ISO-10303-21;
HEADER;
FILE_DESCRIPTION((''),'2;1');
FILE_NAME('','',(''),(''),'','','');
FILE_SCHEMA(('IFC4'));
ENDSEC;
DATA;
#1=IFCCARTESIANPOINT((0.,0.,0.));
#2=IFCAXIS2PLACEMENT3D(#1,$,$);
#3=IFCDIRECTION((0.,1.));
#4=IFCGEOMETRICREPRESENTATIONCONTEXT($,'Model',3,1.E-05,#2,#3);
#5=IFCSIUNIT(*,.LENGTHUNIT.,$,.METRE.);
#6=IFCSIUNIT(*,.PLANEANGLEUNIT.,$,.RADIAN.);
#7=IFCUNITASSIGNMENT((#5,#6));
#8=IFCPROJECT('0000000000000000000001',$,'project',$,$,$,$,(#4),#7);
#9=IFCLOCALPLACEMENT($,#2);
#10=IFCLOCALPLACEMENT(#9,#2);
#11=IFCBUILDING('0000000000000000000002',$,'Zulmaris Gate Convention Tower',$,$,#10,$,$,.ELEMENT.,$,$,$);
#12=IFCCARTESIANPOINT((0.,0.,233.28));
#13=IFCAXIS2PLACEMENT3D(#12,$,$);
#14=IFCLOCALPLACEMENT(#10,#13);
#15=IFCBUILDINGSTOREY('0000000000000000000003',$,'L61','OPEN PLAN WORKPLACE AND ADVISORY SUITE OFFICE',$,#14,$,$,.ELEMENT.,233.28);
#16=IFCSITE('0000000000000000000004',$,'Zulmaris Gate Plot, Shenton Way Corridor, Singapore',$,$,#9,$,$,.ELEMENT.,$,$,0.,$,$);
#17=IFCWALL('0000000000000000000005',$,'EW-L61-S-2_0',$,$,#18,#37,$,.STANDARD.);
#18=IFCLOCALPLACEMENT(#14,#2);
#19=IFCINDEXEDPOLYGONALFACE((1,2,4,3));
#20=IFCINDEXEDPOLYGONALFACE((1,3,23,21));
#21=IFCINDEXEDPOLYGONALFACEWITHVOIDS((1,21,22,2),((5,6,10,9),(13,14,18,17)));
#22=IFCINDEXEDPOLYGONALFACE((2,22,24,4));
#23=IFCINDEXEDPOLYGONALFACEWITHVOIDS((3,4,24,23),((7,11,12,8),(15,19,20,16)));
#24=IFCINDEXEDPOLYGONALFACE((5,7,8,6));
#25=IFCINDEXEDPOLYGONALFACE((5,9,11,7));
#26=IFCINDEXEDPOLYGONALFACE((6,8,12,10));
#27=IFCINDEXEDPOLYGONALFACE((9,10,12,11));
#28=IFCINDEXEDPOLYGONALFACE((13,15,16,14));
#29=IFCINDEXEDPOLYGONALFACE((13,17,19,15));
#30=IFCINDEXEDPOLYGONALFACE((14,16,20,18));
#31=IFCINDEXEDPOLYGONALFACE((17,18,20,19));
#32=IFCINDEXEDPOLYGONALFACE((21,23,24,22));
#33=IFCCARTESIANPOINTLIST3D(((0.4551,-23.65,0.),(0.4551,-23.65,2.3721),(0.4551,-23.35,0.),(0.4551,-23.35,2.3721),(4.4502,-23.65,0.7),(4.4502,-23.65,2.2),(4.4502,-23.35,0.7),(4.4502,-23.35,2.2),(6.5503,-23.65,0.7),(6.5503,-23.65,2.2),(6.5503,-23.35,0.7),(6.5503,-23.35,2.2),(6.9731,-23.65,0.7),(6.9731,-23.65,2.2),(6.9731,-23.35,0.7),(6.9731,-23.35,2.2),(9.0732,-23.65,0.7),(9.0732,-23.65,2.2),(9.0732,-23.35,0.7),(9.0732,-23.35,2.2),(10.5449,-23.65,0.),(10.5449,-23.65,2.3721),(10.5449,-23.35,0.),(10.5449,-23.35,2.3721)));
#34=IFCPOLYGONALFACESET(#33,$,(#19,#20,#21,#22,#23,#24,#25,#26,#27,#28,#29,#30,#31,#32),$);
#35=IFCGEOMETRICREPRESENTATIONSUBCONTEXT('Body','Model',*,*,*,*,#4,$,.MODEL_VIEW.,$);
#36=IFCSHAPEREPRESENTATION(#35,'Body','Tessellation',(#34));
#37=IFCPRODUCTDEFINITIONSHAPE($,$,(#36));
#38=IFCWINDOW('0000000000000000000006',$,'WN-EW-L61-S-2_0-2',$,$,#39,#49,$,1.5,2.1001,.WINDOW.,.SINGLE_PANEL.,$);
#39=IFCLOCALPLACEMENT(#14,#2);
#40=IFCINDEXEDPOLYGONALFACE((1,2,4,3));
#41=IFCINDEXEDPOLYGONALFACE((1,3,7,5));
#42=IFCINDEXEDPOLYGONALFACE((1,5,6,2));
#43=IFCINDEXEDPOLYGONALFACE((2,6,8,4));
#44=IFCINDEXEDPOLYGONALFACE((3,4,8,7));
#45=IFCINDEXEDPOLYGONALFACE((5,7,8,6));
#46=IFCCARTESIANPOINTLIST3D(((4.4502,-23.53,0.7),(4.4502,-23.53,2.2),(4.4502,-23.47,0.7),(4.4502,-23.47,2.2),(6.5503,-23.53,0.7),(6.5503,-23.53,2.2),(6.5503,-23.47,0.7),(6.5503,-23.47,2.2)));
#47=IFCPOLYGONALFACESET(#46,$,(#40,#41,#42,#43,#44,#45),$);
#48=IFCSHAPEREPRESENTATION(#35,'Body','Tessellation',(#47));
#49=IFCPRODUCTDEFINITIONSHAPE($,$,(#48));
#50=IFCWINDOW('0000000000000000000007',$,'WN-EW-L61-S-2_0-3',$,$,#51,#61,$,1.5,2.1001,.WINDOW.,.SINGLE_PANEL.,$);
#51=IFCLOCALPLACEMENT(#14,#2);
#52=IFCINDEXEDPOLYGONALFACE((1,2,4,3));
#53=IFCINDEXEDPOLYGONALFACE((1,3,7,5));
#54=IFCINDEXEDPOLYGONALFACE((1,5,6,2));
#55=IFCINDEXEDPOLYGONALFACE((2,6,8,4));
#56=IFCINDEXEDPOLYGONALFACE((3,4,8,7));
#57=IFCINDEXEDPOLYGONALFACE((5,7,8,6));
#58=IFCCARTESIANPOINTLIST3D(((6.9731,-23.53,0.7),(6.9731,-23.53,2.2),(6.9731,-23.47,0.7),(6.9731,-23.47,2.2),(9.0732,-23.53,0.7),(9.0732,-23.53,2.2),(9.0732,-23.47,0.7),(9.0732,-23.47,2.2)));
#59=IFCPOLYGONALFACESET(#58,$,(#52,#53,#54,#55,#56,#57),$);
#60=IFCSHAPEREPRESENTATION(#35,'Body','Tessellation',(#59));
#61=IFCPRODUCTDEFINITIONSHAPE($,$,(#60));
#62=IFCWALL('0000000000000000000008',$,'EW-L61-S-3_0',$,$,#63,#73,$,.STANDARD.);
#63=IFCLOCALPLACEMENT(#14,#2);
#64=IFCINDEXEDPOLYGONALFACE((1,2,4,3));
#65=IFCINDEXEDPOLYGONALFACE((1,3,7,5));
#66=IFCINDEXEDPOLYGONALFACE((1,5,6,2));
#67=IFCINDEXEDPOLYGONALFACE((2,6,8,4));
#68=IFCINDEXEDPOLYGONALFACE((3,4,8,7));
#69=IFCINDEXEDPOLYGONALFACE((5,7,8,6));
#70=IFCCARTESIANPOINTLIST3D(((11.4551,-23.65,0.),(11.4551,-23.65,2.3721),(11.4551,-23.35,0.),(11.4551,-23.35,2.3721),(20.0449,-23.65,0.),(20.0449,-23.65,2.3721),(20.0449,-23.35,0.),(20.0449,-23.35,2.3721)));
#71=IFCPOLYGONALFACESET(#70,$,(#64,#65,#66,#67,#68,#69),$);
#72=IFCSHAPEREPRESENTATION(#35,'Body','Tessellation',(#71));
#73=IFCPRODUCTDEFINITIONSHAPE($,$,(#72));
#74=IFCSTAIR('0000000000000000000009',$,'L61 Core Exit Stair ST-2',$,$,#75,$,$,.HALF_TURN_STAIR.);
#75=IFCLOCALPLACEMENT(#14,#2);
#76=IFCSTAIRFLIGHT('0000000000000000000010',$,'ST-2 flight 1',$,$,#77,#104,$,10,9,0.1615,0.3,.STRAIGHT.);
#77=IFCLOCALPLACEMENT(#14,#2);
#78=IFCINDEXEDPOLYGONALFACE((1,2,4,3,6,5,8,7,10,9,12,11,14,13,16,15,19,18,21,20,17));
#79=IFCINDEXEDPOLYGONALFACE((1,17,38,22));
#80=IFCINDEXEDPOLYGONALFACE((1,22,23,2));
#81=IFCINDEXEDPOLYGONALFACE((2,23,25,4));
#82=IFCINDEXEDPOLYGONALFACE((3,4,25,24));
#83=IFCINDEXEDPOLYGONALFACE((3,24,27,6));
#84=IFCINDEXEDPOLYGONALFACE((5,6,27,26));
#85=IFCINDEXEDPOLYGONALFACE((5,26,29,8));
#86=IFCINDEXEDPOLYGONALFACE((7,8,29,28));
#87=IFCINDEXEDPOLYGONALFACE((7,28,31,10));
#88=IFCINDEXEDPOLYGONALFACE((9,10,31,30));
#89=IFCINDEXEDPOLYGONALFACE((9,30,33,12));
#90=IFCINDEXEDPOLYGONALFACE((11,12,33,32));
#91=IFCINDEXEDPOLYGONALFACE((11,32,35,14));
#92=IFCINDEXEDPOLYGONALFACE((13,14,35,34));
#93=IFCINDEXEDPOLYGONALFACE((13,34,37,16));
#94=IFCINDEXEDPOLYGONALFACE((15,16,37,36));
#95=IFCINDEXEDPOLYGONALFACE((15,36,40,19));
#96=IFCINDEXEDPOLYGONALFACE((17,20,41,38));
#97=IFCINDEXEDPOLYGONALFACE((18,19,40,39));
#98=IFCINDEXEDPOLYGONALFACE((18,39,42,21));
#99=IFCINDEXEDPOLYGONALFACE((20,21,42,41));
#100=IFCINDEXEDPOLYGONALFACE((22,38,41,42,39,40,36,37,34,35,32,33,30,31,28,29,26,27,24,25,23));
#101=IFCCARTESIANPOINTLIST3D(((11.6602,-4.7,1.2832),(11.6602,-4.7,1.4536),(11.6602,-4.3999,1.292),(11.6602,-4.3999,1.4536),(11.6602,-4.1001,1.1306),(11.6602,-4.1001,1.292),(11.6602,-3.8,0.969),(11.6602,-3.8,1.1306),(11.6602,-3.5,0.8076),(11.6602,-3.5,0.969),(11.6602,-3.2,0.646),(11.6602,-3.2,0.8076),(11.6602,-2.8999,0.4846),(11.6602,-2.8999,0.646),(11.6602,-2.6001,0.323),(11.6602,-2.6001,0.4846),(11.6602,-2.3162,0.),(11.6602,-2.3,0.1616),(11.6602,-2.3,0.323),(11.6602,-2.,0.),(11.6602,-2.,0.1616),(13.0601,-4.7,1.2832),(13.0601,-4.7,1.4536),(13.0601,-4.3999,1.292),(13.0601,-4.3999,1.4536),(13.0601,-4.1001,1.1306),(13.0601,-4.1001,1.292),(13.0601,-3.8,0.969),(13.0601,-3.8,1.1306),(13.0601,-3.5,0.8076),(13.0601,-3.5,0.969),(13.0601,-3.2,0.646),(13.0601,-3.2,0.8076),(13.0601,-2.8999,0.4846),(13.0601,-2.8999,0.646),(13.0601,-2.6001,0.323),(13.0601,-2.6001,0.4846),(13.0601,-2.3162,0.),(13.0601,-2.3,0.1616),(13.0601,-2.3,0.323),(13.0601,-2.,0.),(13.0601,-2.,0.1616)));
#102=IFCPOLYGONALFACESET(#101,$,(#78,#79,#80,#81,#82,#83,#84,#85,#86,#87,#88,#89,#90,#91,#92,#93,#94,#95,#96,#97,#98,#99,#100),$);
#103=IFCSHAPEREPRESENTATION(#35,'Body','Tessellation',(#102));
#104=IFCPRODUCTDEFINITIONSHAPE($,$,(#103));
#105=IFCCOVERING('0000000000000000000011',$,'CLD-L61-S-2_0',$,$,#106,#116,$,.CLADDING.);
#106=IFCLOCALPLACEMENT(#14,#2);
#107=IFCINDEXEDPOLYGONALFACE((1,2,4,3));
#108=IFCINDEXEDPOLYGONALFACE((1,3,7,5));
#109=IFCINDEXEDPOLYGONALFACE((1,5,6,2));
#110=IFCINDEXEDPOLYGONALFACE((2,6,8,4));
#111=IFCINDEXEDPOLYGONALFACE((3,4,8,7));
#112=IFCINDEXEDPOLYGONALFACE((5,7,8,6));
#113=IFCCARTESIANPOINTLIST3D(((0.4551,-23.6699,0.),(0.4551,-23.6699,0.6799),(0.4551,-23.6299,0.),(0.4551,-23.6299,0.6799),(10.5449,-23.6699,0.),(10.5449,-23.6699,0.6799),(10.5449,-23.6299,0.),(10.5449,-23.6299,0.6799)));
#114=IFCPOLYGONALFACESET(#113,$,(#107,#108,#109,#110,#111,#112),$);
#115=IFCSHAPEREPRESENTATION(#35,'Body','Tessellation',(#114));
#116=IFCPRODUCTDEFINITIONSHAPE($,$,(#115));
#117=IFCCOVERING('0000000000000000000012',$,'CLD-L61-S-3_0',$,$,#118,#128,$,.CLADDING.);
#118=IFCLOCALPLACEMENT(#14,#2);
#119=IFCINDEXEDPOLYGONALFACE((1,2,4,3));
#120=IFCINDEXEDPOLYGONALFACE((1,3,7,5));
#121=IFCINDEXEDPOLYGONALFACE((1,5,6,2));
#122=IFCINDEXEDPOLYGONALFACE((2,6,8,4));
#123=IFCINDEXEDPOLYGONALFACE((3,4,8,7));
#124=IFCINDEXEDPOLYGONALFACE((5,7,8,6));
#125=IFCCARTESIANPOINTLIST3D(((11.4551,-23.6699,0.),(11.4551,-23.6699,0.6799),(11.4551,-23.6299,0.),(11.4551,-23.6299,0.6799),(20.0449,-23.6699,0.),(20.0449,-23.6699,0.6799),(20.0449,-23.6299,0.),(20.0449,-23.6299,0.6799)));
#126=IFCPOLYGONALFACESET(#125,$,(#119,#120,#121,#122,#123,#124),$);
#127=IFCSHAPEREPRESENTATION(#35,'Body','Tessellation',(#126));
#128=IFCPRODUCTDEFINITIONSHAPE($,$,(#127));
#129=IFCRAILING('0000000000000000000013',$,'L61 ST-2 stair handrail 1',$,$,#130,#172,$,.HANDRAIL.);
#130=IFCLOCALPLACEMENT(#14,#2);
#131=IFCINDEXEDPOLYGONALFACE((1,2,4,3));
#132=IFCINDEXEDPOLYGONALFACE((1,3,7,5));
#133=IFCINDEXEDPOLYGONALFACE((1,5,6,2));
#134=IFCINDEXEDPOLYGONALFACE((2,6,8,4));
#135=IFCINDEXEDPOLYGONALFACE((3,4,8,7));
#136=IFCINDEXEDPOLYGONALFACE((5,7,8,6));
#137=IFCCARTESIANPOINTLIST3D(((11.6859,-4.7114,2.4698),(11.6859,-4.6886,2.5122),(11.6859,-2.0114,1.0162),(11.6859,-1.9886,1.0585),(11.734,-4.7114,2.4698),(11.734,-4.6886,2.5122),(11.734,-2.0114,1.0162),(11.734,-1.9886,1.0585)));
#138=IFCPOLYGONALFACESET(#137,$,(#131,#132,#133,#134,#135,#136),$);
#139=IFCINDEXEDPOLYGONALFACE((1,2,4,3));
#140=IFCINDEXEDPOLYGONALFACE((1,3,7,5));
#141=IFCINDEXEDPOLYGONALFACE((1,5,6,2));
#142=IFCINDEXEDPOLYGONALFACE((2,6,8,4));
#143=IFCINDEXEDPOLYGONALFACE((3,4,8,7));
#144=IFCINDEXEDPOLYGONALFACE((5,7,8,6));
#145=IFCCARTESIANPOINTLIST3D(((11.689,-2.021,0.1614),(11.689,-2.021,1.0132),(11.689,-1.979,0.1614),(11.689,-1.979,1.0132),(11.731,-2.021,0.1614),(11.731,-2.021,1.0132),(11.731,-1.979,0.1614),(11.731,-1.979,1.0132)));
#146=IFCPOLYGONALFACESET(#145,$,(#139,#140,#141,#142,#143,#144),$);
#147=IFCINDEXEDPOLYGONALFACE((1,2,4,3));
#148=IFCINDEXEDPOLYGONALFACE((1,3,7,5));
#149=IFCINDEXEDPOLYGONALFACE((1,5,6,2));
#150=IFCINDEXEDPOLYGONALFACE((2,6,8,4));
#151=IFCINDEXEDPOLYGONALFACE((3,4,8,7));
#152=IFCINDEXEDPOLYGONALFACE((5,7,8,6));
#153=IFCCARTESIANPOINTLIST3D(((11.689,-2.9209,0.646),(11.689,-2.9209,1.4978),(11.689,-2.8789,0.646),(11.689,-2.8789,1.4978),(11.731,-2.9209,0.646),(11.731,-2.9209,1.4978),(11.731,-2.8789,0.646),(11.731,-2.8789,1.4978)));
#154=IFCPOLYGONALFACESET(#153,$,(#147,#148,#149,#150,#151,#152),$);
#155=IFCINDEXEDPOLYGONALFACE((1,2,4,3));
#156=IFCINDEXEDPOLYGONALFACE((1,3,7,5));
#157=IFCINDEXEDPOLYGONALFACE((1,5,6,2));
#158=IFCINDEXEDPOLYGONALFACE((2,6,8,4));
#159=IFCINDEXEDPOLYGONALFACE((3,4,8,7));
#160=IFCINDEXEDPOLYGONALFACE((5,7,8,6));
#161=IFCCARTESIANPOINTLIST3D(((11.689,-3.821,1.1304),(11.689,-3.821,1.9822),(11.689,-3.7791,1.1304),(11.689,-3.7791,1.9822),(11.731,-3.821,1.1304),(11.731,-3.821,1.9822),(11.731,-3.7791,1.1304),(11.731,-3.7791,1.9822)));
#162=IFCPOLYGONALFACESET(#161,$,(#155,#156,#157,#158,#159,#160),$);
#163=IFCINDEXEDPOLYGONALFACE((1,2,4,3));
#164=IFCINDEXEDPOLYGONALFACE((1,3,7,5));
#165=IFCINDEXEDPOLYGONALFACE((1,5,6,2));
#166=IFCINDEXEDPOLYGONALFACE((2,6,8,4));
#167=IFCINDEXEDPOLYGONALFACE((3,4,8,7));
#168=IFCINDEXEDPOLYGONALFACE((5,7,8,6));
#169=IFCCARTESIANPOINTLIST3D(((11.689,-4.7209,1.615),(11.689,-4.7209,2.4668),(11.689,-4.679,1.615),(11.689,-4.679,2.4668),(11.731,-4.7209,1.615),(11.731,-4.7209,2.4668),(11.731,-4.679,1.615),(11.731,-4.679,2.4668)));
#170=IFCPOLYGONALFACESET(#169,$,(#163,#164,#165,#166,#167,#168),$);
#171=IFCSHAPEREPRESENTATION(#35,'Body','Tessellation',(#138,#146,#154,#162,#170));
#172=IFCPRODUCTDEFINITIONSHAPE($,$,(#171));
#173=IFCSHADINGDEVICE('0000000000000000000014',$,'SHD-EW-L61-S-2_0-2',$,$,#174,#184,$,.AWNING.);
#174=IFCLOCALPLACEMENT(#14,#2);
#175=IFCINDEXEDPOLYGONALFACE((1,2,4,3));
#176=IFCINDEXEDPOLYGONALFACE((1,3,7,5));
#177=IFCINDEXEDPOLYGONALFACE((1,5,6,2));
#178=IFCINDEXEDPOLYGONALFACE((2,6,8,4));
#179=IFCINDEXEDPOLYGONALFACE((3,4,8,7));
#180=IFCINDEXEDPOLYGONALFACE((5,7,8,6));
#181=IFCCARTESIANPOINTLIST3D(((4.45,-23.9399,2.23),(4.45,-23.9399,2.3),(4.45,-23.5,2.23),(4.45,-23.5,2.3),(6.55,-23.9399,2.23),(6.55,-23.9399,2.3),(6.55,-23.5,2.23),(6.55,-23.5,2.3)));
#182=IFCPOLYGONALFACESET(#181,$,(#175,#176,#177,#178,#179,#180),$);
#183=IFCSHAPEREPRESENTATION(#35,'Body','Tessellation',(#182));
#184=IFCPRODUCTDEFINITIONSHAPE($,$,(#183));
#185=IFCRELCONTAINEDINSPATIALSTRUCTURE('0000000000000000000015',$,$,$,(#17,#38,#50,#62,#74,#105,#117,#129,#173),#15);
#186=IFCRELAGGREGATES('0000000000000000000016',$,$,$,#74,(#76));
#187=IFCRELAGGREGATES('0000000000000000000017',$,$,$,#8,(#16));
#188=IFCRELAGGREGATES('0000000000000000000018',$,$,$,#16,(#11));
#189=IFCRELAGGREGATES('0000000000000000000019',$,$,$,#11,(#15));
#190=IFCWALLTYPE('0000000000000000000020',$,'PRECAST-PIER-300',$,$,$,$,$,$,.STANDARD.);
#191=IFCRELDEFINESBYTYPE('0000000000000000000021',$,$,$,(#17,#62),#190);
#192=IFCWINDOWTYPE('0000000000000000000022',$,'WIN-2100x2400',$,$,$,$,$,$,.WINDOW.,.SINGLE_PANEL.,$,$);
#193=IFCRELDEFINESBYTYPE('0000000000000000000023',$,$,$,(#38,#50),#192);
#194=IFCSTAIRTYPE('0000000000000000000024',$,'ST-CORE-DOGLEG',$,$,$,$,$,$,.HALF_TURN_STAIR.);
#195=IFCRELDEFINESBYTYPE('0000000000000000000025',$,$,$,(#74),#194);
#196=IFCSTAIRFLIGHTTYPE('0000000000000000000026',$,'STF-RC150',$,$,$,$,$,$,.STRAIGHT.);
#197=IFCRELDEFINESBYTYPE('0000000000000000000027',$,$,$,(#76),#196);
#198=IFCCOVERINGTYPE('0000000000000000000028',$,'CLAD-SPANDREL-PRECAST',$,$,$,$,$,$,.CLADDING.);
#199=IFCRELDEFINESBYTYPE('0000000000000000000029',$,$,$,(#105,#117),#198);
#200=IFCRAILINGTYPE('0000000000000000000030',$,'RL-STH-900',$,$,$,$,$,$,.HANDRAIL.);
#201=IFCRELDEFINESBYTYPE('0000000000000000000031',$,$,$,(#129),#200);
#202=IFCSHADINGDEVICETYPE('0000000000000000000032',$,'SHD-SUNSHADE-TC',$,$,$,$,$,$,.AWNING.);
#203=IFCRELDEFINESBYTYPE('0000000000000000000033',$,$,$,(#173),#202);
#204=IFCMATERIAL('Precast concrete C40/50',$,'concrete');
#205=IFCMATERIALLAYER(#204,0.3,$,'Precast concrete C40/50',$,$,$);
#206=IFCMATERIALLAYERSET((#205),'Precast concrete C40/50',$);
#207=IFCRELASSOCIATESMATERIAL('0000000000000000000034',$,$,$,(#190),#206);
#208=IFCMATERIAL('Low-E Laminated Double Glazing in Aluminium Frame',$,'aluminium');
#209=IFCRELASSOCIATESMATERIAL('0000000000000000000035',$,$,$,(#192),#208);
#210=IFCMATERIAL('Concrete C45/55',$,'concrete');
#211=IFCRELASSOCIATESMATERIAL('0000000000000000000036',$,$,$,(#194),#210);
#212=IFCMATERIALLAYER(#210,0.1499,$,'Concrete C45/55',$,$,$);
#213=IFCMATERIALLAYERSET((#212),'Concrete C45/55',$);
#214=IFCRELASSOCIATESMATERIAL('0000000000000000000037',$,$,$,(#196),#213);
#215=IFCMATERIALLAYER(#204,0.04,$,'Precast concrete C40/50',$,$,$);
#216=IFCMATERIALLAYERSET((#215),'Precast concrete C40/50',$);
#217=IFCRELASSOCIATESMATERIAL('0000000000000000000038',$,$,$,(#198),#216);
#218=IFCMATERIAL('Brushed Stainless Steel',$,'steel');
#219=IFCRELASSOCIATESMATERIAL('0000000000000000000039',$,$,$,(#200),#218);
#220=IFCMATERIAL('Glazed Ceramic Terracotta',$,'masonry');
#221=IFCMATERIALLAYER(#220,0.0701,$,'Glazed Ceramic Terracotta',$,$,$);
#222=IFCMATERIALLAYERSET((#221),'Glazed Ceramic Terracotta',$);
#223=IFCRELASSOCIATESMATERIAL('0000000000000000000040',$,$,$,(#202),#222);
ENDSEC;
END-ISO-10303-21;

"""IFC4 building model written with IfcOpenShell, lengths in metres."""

from ifc_helpers import new_model, si_unit, direction, frame, frame_2d, origin, origin_2d, place, context, subcontext, project, spatial, polyline, rectangle, outline, extrude, material, layer, layer_set, type_object, element, fill, aggregate, save


model = new_model("IFC4")

# Units and contexts
model_context = context("Model", 3, precision=1e-05, world=origin(), true_north=direction((0.0, 1.0)))
body_context = subcontext(model_context, "Body", "Model", "MODEL_VIEW")
ifc_project = project(units=[si_unit("LENGTHUNIT", "METRE"), si_unit("PLANEANGLEUNIT", "RADIAN")], contexts=[model_context])

# Site, building, storey
site_placement = place(None, origin())
site = spatial("IfcSite", under=ifc_project, at=site_placement, Name="Zulmaris Gate Plot, Shenton Way Corridor, Singapore", CompositionType="ELEMENT", RefElevation=0.0)
building_placement = place(site_placement, origin())
building = spatial("IfcBuilding", under=site, at=building_placement, Name="Zulmaris Gate Convention Tower", CompositionType="ELEMENT")
storey_placement = place(building_placement, frame((0.0, 0.0, 233.28)))
storey = spatial("IfcBuildingStorey", under=building, at=storey_placement, Name="L61", Description="OPEN PLAN WORKPLACE AND ADVISORY SUITE OFFICE", CompositionType="ELEMENT", Elevation=233.28)

# Wall, openings, windows
ifc_material_1 = material(Name="Precast concrete C40/50", Category="concrete")
ifc_layer_1 = layer(ifc_material_1, 0.3, Name="Precast concrete C40/50")
ifc_layer_set_1 = layer_set([ifc_layer_1], Name="Precast concrete C40/50")
wall_type_1 = type_object("IfcWallType", Name="PRECAST-PIER-300", PredefinedType="STANDARD", material=ifc_layer_set_1)
wall_1_placement = place(storey_placement, frame((0.4551, -23.5, 0.0), z_axis=(0.0, 0.0, 1.0), x_axis=(1.0, 0.0, 0.0)))
wall_1 = element("IfcWall", 1, at=wall_1_placement, inside=storey, type_object=wall_type_1, Name="EW-L61-S-2_0", PredefinedType="STANDARD", context=body_context, shape_type="SweptSolid", body=[
    extrude(rectangle(XDim=10.0898, YDim=0.3, at=frame_2d((5.0449, 0.0))), origin(), (0.0, 0.0, 1.0), 2.3721),
])
opening_1_placement = place(wall_1_placement, frame((3.9951, 0.0, 0.7)))
opening_1 = element("IfcOpeningElement", 2, at=opening_1_placement, cuts=wall_1, PredefinedType="OPENING", context=body_context, shape_type="SweptSolid", body=[
    extrude(rectangle(XDim=2.1001, YDim=1.5, at=frame_2d((1.05, 0.75))), frame((0.0, 0.1602, 0.0), z_axis=(0.0, -1.0, 0.0), x_axis=(1.0, 0.0, 0.0)), (0.0, 0.0, 1.0), 0.3201),
])
opening_2_placement = place(wall_1_placement, frame((6.5181, 0.0, 0.7)))
opening_2 = element("IfcOpeningElement", 3, at=opening_2_placement, cuts=wall_1, PredefinedType="OPENING", context=body_context, shape_type="SweptSolid", body=[
    extrude(rectangle(XDim=2.1001, YDim=1.5, at=frame_2d((1.05, 0.75))), frame((0.0, 0.1602, 0.0), z_axis=(0.0, -1.0, 0.0), x_axis=(1.0, 0.0, 0.0)), (0.0, 0.0, 1.0), 0.3201),
])
ifc_material_2 = material(Name="Low-E Laminated Double Glazing in Aluminium Frame", Category="aluminium")
window_type = type_object("IfcWindowType", Name="WIN-2100x2400", PartitioningType="SINGLE_PANEL", PredefinedType="WINDOW", material=ifc_material_2)
window_1_placement = place(opening_1_placement, origin())
window_1 = element("IfcWindow", 4, at=window_1_placement, inside=storey, type_object=window_type, Name="WN-EW-L61-S-2_0-2", OverallHeight=1.5, OverallWidth=2.1001, PartitioningType="SINGLE_PANEL", PredefinedType="WINDOW", context=body_context, shape_type="SweptSolid", body=[
    extrude(rectangle(XDim=2.1001, YDim=1.5, at=frame_2d((1.05, 0.75))), frame((0.0, 0.03, 0.0), z_axis=(0.0, -1.0, 0.0), x_axis=(1.0, 0.0, 0.0)), (0.0, 0.0, 1.0), 0.0601),
])
fill(opening_1, window_1)
window_2_placement = place(opening_2_placement, origin())
window_2 = element("IfcWindow", 5, at=window_2_placement, inside=storey, type_object=window_type, Name="WN-EW-L61-S-2_0-3", OverallHeight=1.5, OverallWidth=2.1001, PartitioningType="SINGLE_PANEL", PredefinedType="WINDOW", context=body_context, shape_type="SweptSolid", body=[
    extrude(rectangle(XDim=2.1001, YDim=1.5, at=frame_2d((1.05, 0.75))), frame((0.0, 0.03, 0.0), z_axis=(0.0, -1.0, 0.0), x_axis=(1.0, 0.0, 0.0)), (0.0, 0.0, 1.0), 0.0601),
])
fill(opening_2, window_2)

# Wall
wall_2_placement = place(storey_placement, frame((11.4551, -23.5, 0.0), z_axis=(0.0, 0.0, 1.0), x_axis=(1.0, 0.0, 0.0)))
element("IfcWall", 6, at=wall_2_placement, inside=storey, type_object=wall_type_1, Name="EW-L61-S-3_0", PredefinedType="STANDARD", context=body_context, shape_type="SweptSolid", body=[
    extrude(rectangle(XDim=8.5898, YDim=0.3, at=frame_2d((4.2949, 0.0))), origin(), (0.0, 0.0, 1.0), 2.3721),
])

# Stair, stair flight
ifc_material_3 = material(Name="Concrete C45/55", Category="concrete")
stair_type = type_object("IfcStairType", Name="ST-CORE-DOGLEG", PredefinedType="HALF_TURN_STAIR", material=ifc_material_3)
stair_placement = place(storey_placement, origin())
stair = element("IfcStair", 7, at=stair_placement, inside=storey, type_object=stair_type, Name="L61 Core Exit Stair ST-2", PredefinedType="HALF_TURN_STAIR")
ifc_layer_2 = layer(ifc_material_3, 0.1499, Name="Concrete C45/55")
ifc_layer_set_2 = layer_set([ifc_layer_2], Name="Concrete C45/55")
stair_flight_type = type_object("IfcStairFlightType", Name="STF-RC150", PredefinedType="STRAIGHT", material=ifc_layer_set_2)
stair_flight_placement = place(storey_placement, frame((12.3601, -2.0, 0.0), z_axis=(0.0, 0.0, 1.0), x_axis=(0.0, -1.0, 0.0)))
stair_flight = element("IfcStairFlight", 8, at=stair_flight_placement, type_object=stair_flight_type, Name="ST-2 flight 1", NumberOfRisers=10, NumberOfTreads=9, PredefinedType="STRAIGHT", RiserHeight=0.1615, TreadLength=0.3, context=body_context, shape_type="SweptSolid", body=[
    extrude(outline(polyline([(0.0, 0.0), (0.0, 0.1616), (0.3, 0.1616), (0.3, 0.323), (0.6001, 0.323), (0.6001, 0.4846), (0.8999, 0.4846), (0.8999, 0.646), (1.2, 0.646), (1.2, 0.8076), (1.5, 0.8076), (1.5, 0.969), (1.8, 0.969), (1.8, 1.1306), (2.1001, 1.1306), (2.1001, 1.292), (2.3999, 1.292), (2.3999, 1.4536), (2.7, 1.4536), (2.7, 1.615), (2.7, 1.2832), (0.3162, 0.0), (0.0, 0.0)])), frame((0.0, 0.7, 0.0), z_axis=(0.0, -1.0, 0.0), x_axis=(1.0, 0.0, 0.0)), (0.0, 0.0, 1.0), 1.3999),
])
aggregate(stair, [stair_flight])

# Coverings
ifc_layer_3 = layer(ifc_material_1, 0.04, Name="Precast concrete C40/50")
ifc_layer_set_3 = layer_set([ifc_layer_3], Name="Precast concrete C40/50")
covering_type = type_object("IfcCoveringType", Name="CLAD-SPANDREL-PRECAST", PredefinedType="CLADDING", material=ifc_layer_set_3)
covering_1_placement = place(storey_placement, frame((0.4551, -23.6499, 0.0), z_axis=(0.0, 0.0, 1.0), x_axis=(1.0, 0.0, 0.0)))
element("IfcCovering", 9, at=covering_1_placement, inside=storey, type_object=covering_type, Name="CLD-L61-S-2_0", PredefinedType="CLADDING", context=body_context, shape_type="SweptSolid", body=[
    extrude(rectangle(XDim=10.0898, YDim=0.04, at=frame_2d((5.0449, 0.0))), origin(), (0.0, 0.0, 1.0), 0.6799),
])
covering_2_placement = place(storey_placement, frame((11.4551, -23.6499, 0.0), z_axis=(0.0, 0.0, 1.0), x_axis=(1.0, 0.0, 0.0)))
element("IfcCovering", 10, at=covering_2_placement, inside=storey, type_object=covering_type, Name="CLD-L61-S-3_0", PredefinedType="CLADDING", context=body_context, shape_type="SweptSolid", body=[
    extrude(rectangle(XDim=8.5898, YDim=0.04, at=frame_2d((4.2949, 0.0))), origin(), (0.0, 0.0, 1.0), 0.6799),
])

# Railing
ifc_material_4 = material(Name="Brushed Stainless Steel", Category="steel")
railing_type = type_object("IfcRailingType", Name="RL-STH-900", PredefinedType="HANDRAIL", material=ifc_material_4)
railing_placement = place(storey_placement, frame((11.71, -2.0, 0.1614)))
element("IfcRailing", 11, at=railing_placement, inside=storey, type_object=railing_type, Name="L61 ST-2 stair handrail 1", PredefinedType="HANDRAIL", context=body_context, shape_type="SweptSolid", body=[
    extrude(rectangle(XDim=0.0481, YDim=0.0481, at=origin_2d()), frame((0.0, 0.0, 0.876), z_axis=(0.0, -0.880499, 0.474048), x_axis=(1.0, 0.0, 0.0)), (0.0, 0.0, 1.0), 3.0664),
    extrude(rectangle(XDim=0.042, YDim=0.042, at=origin_2d()), origin(), (0.0, 0.0, 1.0), 0.8518),
    extrude(rectangle(XDim=0.042, YDim=0.042, at=origin_2d()), frame((0.0, -0.8999, 0.4846)), (0.0, 0.0, 1.0), 0.8518),
    extrude(rectangle(XDim=0.042, YDim=0.042, at=origin_2d()), frame((0.0, -1.8, 0.969)), (0.0, 0.0, 1.0), 0.8518),
    extrude(rectangle(XDim=0.042, YDim=0.042, at=origin_2d()), frame((0.0, -2.7, 1.4536)), (0.0, 0.0, 1.0), 0.8518),
])

# Shading device
ifc_material_5 = material(Name="Glazed Ceramic Terracotta", Category="masonry")
ifc_layer_4 = layer(ifc_material_5, 0.0701, Name="Glazed Ceramic Terracotta")
ifc_layer_set_4 = layer_set([ifc_layer_4], Name="Glazed Ceramic Terracotta")
shading_device_type = type_object("IfcShadingDeviceType", Name="SHD-SUNSHADE-TC", PredefinedType="AWNING", material=ifc_layer_set_4)
for number, where, z_axis, x_axis, name in (
    (12, (4.45, -23.72, 2.23), (0.0, 0.0, 1.0), (1.0, 0.0, 0.0), "SHD-EW-L61-S-2_0-2"),
):
    element("IfcShadingDevice", number, at=place(storey_placement, frame(where, z_axis=z_axis, x_axis=x_axis)), inside=storey, type_object=shading_device_type, Name=name, PredefinedType="AWNING", context=body_context, shape_type="SweptSolid", body=[
        extrude(rectangle(XDim=2.1001, YDim=0.4399, at=frame_2d((1.05, 0.0))), origin(), (0.0, 0.0, 1.0), 0.0701),
    ])

save(model, "model.ifc")
